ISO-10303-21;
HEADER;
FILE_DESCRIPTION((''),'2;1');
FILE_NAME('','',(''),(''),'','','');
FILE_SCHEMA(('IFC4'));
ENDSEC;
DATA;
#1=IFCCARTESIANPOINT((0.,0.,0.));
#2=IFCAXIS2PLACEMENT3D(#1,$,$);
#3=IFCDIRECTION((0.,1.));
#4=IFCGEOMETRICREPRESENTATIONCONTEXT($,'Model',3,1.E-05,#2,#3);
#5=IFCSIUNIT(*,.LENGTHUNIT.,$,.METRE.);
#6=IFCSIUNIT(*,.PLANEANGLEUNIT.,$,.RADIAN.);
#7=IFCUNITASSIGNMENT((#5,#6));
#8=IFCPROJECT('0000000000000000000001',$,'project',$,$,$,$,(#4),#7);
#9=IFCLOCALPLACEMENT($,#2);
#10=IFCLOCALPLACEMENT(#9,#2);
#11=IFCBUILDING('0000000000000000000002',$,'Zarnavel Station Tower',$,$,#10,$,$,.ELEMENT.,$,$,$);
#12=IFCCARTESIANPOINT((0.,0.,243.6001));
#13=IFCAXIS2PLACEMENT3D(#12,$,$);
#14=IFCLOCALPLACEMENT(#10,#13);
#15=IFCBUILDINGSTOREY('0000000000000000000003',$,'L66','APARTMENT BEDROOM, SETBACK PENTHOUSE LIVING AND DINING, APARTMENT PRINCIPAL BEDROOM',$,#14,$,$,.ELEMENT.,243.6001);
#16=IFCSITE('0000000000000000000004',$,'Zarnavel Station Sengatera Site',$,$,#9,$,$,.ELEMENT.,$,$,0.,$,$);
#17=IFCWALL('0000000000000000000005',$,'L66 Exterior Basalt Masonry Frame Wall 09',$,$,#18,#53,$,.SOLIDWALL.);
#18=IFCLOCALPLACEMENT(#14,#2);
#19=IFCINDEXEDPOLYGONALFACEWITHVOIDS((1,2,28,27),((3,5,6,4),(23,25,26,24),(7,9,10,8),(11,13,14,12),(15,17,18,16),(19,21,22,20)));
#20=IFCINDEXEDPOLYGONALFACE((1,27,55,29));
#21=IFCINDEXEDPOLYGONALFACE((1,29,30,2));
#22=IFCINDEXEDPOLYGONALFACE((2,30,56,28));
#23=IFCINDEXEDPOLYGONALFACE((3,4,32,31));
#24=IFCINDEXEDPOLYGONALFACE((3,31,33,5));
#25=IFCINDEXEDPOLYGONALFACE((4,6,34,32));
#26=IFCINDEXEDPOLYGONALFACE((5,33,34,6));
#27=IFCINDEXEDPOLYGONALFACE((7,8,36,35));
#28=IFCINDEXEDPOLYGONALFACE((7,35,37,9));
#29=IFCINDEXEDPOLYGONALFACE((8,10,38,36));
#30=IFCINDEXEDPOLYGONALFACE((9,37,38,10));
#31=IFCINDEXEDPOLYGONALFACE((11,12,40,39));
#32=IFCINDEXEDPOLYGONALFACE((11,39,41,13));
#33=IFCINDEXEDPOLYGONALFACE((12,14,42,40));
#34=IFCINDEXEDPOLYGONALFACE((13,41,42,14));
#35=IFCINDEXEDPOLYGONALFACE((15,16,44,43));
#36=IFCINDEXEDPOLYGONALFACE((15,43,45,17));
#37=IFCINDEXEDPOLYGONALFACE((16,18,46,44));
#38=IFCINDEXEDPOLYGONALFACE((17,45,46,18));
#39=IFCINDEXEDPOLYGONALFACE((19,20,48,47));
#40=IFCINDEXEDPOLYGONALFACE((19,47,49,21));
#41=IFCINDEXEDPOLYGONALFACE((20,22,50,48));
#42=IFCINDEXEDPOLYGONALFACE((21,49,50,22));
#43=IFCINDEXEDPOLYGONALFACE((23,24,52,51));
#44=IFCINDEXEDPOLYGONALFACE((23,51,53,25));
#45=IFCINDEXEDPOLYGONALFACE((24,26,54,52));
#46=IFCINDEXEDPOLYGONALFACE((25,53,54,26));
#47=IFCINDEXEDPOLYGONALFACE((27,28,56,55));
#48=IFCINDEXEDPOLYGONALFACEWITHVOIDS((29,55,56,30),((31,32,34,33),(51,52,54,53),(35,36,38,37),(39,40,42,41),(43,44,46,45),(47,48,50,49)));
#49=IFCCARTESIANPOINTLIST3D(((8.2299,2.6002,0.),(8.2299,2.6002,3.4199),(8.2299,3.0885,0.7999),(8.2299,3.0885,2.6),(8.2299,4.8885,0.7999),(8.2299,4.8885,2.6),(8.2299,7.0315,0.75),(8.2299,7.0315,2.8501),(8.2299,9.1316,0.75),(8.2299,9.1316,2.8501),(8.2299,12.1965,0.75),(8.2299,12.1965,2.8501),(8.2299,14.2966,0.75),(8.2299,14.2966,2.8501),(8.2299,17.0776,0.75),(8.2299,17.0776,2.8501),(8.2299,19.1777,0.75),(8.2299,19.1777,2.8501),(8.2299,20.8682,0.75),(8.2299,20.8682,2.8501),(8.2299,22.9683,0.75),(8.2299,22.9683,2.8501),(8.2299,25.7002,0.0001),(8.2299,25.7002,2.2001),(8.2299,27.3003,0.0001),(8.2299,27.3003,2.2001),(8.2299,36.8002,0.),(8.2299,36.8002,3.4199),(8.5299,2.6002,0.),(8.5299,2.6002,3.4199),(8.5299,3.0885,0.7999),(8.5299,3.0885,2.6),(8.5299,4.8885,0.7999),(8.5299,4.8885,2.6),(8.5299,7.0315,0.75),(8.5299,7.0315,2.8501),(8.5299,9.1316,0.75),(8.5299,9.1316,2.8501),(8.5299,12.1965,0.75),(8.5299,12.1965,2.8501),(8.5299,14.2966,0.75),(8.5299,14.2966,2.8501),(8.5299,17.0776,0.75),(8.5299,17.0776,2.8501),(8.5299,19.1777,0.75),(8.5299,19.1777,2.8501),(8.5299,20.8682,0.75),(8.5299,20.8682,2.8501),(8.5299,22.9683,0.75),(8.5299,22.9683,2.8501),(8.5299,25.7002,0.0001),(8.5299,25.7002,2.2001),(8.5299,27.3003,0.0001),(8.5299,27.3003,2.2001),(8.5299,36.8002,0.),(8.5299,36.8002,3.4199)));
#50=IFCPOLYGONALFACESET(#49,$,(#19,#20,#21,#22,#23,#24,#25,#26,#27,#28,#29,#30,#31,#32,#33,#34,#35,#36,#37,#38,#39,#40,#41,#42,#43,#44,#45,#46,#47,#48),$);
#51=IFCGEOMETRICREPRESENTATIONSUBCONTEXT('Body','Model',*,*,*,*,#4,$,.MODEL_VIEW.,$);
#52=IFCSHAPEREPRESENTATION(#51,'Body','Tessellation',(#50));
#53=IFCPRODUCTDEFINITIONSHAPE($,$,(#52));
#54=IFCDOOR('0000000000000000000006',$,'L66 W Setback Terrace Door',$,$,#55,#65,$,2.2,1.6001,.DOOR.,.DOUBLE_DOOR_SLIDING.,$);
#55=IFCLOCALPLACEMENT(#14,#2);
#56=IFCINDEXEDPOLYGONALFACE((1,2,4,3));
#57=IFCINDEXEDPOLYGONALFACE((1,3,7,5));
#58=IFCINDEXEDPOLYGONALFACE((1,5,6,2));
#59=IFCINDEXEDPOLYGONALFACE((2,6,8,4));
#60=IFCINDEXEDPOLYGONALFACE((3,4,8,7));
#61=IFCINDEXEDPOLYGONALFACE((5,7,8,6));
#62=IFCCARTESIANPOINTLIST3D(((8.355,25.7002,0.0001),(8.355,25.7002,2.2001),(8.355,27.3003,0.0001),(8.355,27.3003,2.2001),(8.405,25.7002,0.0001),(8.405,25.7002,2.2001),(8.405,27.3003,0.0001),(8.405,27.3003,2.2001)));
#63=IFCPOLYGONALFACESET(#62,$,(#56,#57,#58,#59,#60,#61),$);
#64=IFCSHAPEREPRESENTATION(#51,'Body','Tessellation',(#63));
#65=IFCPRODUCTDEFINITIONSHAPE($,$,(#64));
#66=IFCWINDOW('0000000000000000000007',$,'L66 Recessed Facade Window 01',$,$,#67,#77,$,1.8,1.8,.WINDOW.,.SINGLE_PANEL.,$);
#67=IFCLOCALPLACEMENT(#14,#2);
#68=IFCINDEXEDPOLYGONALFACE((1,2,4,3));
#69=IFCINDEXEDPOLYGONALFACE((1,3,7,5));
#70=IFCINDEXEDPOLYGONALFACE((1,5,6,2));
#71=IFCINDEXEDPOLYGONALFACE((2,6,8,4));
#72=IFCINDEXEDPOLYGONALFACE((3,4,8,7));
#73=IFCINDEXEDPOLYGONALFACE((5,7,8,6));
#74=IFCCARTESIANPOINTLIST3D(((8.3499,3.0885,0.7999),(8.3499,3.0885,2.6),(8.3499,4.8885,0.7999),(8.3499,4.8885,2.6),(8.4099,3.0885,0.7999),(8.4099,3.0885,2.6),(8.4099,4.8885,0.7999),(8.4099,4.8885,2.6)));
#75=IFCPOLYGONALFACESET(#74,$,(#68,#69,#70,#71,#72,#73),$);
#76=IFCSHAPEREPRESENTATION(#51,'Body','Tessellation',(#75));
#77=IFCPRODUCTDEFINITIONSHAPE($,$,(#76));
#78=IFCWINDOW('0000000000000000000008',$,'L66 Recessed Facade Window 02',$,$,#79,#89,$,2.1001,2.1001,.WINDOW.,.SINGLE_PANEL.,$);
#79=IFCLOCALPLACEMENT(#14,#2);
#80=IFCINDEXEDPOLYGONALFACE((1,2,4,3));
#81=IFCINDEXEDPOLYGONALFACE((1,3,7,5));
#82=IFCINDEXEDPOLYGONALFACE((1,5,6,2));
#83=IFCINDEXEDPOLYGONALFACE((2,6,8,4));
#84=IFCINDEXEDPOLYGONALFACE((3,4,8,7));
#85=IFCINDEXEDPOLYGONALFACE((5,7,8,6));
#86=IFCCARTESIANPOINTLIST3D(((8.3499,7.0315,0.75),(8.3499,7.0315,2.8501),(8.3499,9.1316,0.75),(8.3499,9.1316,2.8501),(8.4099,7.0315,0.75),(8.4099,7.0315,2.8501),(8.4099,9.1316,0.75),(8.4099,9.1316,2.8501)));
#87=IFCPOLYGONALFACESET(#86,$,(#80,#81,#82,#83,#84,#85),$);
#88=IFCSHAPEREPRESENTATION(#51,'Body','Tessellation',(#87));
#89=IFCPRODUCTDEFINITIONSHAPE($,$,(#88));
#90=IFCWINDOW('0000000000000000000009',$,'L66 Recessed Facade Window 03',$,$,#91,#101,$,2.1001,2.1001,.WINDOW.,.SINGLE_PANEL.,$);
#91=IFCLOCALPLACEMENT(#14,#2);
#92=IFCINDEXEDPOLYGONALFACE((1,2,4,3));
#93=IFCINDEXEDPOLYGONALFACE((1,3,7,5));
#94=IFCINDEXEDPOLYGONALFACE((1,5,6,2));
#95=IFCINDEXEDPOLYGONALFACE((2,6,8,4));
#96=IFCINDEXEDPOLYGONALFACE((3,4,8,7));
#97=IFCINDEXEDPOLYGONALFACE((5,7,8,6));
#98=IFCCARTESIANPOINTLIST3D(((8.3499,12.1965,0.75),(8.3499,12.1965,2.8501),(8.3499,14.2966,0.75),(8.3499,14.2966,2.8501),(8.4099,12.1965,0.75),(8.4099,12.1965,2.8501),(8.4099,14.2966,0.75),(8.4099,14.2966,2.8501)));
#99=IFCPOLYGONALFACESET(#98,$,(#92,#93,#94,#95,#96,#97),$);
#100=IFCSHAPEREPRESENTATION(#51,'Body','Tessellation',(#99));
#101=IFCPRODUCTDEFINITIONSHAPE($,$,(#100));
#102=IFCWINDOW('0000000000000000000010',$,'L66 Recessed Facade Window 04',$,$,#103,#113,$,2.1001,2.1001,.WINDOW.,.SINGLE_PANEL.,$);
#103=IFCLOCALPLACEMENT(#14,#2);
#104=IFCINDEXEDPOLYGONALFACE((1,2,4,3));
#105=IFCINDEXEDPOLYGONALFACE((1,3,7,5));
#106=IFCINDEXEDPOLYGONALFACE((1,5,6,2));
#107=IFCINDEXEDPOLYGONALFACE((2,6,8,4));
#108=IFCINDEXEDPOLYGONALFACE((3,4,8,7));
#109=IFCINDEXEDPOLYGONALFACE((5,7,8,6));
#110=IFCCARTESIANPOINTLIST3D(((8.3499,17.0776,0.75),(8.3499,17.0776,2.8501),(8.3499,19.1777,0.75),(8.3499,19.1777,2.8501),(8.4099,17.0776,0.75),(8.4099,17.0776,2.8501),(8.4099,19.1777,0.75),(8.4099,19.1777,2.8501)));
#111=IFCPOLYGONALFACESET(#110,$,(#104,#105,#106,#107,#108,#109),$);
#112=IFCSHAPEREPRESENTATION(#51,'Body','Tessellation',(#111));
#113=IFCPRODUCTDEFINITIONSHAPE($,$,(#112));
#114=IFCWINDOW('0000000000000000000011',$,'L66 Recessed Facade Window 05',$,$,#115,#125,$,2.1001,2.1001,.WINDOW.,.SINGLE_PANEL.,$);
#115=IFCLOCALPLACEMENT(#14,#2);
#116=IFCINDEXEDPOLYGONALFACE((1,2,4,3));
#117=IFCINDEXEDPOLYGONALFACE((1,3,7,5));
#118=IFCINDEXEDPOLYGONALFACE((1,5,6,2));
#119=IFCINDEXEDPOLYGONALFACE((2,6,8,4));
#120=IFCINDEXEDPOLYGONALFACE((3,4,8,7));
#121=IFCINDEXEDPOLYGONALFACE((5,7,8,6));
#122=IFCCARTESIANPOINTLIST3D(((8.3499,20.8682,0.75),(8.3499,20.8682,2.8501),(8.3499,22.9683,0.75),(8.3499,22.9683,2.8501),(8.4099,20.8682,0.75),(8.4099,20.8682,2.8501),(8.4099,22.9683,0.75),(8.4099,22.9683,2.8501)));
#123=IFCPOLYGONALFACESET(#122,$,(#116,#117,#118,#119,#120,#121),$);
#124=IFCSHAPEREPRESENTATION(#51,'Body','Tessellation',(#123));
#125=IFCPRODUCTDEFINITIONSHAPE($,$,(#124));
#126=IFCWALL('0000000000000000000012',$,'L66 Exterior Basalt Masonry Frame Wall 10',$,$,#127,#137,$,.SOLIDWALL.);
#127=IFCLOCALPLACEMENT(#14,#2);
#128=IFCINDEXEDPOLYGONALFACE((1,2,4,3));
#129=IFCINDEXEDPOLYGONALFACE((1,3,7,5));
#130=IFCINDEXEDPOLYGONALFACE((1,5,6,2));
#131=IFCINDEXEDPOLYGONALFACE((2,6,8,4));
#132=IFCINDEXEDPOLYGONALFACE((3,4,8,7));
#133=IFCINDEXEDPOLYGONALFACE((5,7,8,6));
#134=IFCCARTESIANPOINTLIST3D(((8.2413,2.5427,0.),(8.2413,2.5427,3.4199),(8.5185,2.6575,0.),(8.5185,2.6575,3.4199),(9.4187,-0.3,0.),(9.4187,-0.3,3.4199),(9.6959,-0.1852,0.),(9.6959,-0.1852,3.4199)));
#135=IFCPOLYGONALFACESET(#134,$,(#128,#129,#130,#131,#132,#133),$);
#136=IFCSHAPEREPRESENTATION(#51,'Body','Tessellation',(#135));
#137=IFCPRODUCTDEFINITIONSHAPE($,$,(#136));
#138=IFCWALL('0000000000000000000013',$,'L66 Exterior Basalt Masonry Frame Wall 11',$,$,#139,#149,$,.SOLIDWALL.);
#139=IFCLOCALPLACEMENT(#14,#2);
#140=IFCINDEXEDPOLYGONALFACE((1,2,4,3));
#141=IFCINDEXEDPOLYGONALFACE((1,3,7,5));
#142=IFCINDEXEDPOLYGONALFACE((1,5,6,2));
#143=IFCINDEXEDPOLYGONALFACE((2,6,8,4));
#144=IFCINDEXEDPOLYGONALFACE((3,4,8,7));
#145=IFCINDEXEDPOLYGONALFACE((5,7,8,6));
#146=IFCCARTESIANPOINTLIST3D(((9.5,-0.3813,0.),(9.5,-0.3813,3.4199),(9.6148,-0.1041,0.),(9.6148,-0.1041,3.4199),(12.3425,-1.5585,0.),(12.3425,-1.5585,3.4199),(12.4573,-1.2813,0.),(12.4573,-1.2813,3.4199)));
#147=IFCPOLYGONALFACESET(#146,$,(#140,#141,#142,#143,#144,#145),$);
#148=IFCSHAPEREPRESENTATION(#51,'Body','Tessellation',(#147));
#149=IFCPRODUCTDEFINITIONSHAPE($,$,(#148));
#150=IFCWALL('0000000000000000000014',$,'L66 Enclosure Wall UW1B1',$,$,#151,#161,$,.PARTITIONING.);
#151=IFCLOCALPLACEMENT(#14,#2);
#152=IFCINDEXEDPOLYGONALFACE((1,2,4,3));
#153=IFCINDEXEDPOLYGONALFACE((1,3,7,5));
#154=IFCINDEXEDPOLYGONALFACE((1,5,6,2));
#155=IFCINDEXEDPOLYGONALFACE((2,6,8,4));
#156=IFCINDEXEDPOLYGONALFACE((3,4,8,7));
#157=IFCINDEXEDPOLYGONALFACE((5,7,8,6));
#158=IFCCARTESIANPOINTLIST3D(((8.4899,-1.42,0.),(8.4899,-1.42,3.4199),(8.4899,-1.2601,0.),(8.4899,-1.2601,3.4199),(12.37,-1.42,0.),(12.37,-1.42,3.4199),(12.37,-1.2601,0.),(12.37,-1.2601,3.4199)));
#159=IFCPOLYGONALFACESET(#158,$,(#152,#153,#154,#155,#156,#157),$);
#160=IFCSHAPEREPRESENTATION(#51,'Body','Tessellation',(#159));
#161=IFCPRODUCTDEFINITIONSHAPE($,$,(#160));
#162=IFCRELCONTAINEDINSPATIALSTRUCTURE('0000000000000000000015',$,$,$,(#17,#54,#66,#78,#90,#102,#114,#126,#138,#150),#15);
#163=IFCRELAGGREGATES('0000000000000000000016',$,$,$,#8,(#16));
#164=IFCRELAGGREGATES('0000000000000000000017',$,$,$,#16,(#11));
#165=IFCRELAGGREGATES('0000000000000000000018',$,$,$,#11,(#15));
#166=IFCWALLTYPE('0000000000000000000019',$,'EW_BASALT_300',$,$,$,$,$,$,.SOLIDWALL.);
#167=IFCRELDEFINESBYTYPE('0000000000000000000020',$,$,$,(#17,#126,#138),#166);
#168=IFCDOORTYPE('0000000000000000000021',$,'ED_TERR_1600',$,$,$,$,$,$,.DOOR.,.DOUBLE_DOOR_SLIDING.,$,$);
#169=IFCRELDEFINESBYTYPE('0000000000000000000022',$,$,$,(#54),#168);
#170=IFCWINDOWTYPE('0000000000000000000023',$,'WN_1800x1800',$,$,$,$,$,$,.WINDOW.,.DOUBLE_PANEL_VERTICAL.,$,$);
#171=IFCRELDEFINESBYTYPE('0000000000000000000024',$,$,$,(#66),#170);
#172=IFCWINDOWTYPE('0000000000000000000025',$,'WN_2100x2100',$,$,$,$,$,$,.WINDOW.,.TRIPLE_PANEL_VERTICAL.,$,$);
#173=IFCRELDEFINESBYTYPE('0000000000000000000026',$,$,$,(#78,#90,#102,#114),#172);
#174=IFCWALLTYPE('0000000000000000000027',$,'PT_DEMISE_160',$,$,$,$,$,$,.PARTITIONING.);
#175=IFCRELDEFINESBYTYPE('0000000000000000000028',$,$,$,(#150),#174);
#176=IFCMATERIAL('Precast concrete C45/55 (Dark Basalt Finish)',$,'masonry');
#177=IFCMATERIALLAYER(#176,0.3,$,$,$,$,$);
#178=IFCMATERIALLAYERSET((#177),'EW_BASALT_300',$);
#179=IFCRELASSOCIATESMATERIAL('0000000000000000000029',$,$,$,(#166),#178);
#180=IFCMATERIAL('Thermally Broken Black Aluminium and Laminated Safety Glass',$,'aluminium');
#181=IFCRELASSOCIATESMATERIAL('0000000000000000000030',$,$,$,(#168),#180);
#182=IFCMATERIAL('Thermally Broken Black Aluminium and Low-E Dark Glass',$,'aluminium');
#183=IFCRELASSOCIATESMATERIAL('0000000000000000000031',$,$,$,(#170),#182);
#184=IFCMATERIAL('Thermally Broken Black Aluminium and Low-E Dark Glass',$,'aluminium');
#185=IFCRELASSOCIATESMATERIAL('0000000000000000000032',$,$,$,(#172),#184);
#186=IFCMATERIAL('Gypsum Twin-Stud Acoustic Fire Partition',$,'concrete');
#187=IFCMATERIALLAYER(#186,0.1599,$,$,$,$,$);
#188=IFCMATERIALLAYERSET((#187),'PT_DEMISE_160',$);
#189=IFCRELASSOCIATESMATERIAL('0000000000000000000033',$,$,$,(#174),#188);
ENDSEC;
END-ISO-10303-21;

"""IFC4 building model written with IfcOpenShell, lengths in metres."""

from ifc_helpers import new_model, si_unit, direction, frame, frame_2d, origin, place, context, subcontext, project, spatial, rectangle, extrude, material, layer, layer_set, type_object, element, fill, save


model = new_model("IFC4")

# Units and contexts
model_context = context("Model", 3, precision=1e-05, world=origin(), true_north=direction((0.0, 1.0)))
body_context = subcontext(model_context, "Body", "Model", "MODEL_VIEW")
ifc_project = project(units=[si_unit("LENGTHUNIT", "METRE"), si_unit("PLANEANGLEUNIT", "RADIAN")], contexts=[model_context])

# Site, building, storey
site_placement = place(None, origin())
site = spatial("IfcSite", under=ifc_project, at=site_placement, Name="Zarnavel Station Sengatera Site", CompositionType="ELEMENT", RefElevation=0.0)
building_placement = place(site_placement, origin())
building = spatial("IfcBuilding", under=site, at=building_placement, Name="Zarnavel Station Tower", CompositionType="ELEMENT")
storey_placement = place(building_placement, frame((0.0, 0.0, 243.6001)))
storey = spatial("IfcBuildingStorey", under=building, at=storey_placement, Name="L66", Description="APARTMENT BEDROOM, SETBACK PENTHOUSE LIVING AND DINING, APARTMENT PRINCIPAL BEDROOM", CompositionType="ELEMENT", Elevation=243.6001)

# Wall, openings, door, windows
ifc_material_1 = material(Name="Precast concrete C45/55 (Dark Basalt Finish)", Category="masonry")
ifc_layer_1 = layer(ifc_material_1, 0.3)
ifc_layer_set_1 = layer_set([ifc_layer_1], Name="EW_BASALT_300")
wall_type_1 = type_object("IfcWallType", Name="EW_BASALT_300", PredefinedType="SOLIDWALL", material=ifc_layer_set_1)
wall_1_placement = place(storey_placement, frame((8.3799, 2.6001, 0.0), z_axis=(0.0, 0.0, 1.0), x_axis=(0.0, 1.0, 0.0)))
wall_1 = element("IfcWall", 1, at=wall_1_placement, inside=storey, type_object=wall_type_1, Name="L66 Exterior Basalt Masonry Frame Wall 09", PredefinedType="SOLIDWALL", context=body_context, shape_type="SweptSolid", body=[
    extrude(rectangle(XDim=34.2, YDim=0.3, at=frame_2d((17.1001, 0.0))), origin(), (0.0, 0.0, 1.0), 3.4199),
])
opening_1_placement = place(wall_1_placement, frame((23.1001, 0.0, 0.0)))
opening_1 = element("IfcOpeningElement", 2, at=opening_1_placement, cuts=wall_1, PredefinedType="OPENING", context=body_context, shape_type="SweptSolid", body=[
    extrude(rectangle(XDim=1.6001, YDim=2.2, at=frame_2d((0.8, 1.1001))), frame((0.0, 0.1599, 0.0), z_axis=(0.0, -1.0, 0.0), x_axis=(1.0, 0.0, 0.0)), (0.0, 0.0, 1.0), 0.3201),
])
opening_2_placement = place(wall_1_placement, frame((0.4885, 0.0, 0.8)))
opening_2 = element("IfcOpeningElement", 3, at=opening_2_placement, cuts=wall_1, PredefinedType="OPENING", context=body_context, shape_type="SweptSolid", body=[
    extrude(rectangle(XDim=1.8, YDim=1.8, at=frame_2d((0.8999, 0.8999))), frame((0.0, 0.1599, 0.0), z_axis=(0.0, -1.0, 0.0), x_axis=(1.0, 0.0, 0.0)), (0.0, 0.0, 1.0), 0.3201),
])
opening_3_placement = place(wall_1_placement, frame((4.4314, 0.0, 0.75)))
opening_3 = element("IfcOpeningElement", 4, at=opening_3_placement, cuts=wall_1, PredefinedType="OPENING", context=body_context, shape_type="SweptSolid", body=[
    extrude(rectangle(XDim=2.1001, YDim=2.1001, at=frame_2d((1.05, 1.05))), frame((0.0, 0.1599, 0.0), z_axis=(0.0, -1.0, 0.0), x_axis=(1.0, 0.0, 0.0)), (0.0, 0.0, 1.0), 0.3201),
])
opening_4_placement = place(wall_1_placement, frame((9.5964, 0.0, 0.75)))
opening_4 = element("IfcOpeningElement", 5, at=opening_4_placement, cuts=wall_1, PredefinedType="OPENING", context=body_context, shape_type="SweptSolid", body=[
    extrude(rectangle(XDim=2.1001, YDim=2.1001, at=frame_2d((1.05, 1.05))), frame((0.0, 0.1599, 0.0), z_axis=(0.0, -1.0, 0.0), x_axis=(1.0, 0.0, 0.0)), (0.0, 0.0, 1.0), 0.3201),
])
opening_5_placement = place(wall_1_placement, frame((14.4775, 0.0, 0.75)))
opening_5 = element("IfcOpeningElement", 6, at=opening_5_placement, cuts=wall_1, PredefinedType="OPENING", context=body_context, shape_type="SweptSolid", body=[
    extrude(rectangle(XDim=2.1001, YDim=2.1001, at=frame_2d((1.05, 1.05))), frame((0.0, 0.1599, 0.0), z_axis=(0.0, -1.0, 0.0), x_axis=(1.0, 0.0, 0.0)), (0.0, 0.0, 1.0), 0.3201),
])
opening_6_placement = place(wall_1_placement, frame((18.2681, 0.0, 0.75)))
opening_6 = element("IfcOpeningElement", 7, at=opening_6_placement, cuts=wall_1, PredefinedType="OPENING", context=body_context, shape_type="SweptSolid", body=[
    extrude(rectangle(XDim=2.1001, YDim=2.1001, at=frame_2d((1.05, 1.05))), frame((0.0, 0.1599, 0.0), z_axis=(0.0, -1.0, 0.0), x_axis=(1.0, 0.0, 0.0)), (0.0, 0.0, 1.0), 0.3201),
])
ifc_material_2 = material(Name="Thermally Broken Black Aluminium and Laminated Safety Glass", Category="aluminium")
door_type_1 = type_object("IfcDoorType", Name="ED_TERR_1600", OperationType="DOUBLE_DOOR_SLIDING", PredefinedType="DOOR", material=ifc_material_2)
door_1_placement = place(opening_1_placement, origin())
door_1 = element("IfcDoor", 8, at=door_1_placement, inside=storey, type_object=door_type_1, Name="L66 W Setback Terrace Door", OperationType="DOUBLE_DOOR_SLIDING", OverallHeight=2.2, OverallWidth=1.6001, PredefinedType="DOOR", context=body_context, shape_type="SweptSolid", body=[
    extrude(rectangle(XDim=1.6001, YDim=2.2, at=frame_2d((0.8, 1.1001))), frame((0.0, 0.0249, 0.0), z_axis=(0.0, -1.0, 0.0), x_axis=(1.0, 0.0, 0.0)), (0.0, 0.0, 1.0), 0.05),
])
fill(opening_1, door_1)
ifc_material_3 = material(Name="Thermally Broken Black Aluminium and Low-E Dark Glass", Category="aluminium")
window_type_1 = type_object("IfcWindowType", Name="WN_1800x1800", PartitioningType="DOUBLE_PANEL_VERTICAL", PredefinedType="WINDOW", material=ifc_material_3)
window_1_placement = place(opening_2_placement, origin())
window_1 = element("IfcWindow", 9, at=window_1_placement, inside=storey, type_object=window_type_1, Name="L66 Recessed Facade Window 01", OverallHeight=1.8, OverallWidth=1.8, PartitioningType="SINGLE_PANEL", PredefinedType="WINDOW", context=body_context, shape_type="SweptSolid", body=[
    extrude(rectangle(XDim=1.8, YDim=1.8, at=frame_2d((0.8999, 0.8999))), frame((0.0, 0.03, 0.0), z_axis=(0.0, -1.0, 0.0), x_axis=(1.0, 0.0, 0.0)), (0.0, 0.0, 1.0), 0.0601),
])
fill(opening_2, window_1)
ifc_material_4 = material(Name="Thermally Broken Black Aluminium and Low-E Dark Glass", Category="aluminium")
window_type_2 = type_object("IfcWindowType", Name="WN_2100x2100", PartitioningType="TRIPLE_PANEL_VERTICAL", PredefinedType="WINDOW", material=ifc_material_4)
window_2_placement = place(opening_3_placement, origin())
window_2 = element("IfcWindow", 10, at=window_2_placement, inside=storey, type_object=window_type_2, Name="L66 Recessed Facade Window 02", OverallHeight=2.1001, OverallWidth=2.1001, PartitioningType="SINGLE_PANEL", PredefinedType="WINDOW", context=body_context, shape_type="SweptSolid", body=[
    extrude(rectangle(XDim=2.1001, YDim=2.1001, at=frame_2d((1.05, 1.05))), frame((0.0, 0.03, 0.0), z_axis=(0.0, -1.0, 0.0), x_axis=(1.0, 0.0, 0.0)), (0.0, 0.0, 1.0), 0.0601),
])
fill(opening_3, window_2)
window_3_placement = place(opening_4_placement, origin())
window_3 = element("IfcWindow", 11, at=window_3_placement, inside=storey, type_object=window_type_2, Name="L66 Recessed Facade Window 03", OverallHeight=2.1001, OverallWidth=2.1001, PartitioningType="SINGLE_PANEL", PredefinedType="WINDOW", context=body_context, shape_type="SweptSolid", body=[
    extrude(rectangle(XDim=2.1001, YDim=2.1001, at=frame_2d((1.05, 1.05))), frame((0.0, 0.03, 0.0), z_axis=(0.0, -1.0, 0.0), x_axis=(1.0, 0.0, 0.0)), (0.0, 0.0, 1.0), 0.0601),
])
fill(opening_4, window_3)
window_4_placement = place(opening_5_placement, origin())
window_4 = element("IfcWindow", 12, at=window_4_placement, inside=storey, type_object=window_type_2, Name="L66 Recessed Facade Window 04", OverallHeight=2.1001, OverallWidth=2.1001, PartitioningType="SINGLE_PANEL", PredefinedType="WINDOW", context=body_context, shape_type="SweptSolid", body=[
    extrude(rectangle(XDim=2.1001, YDim=2.1001, at=frame_2d((1.05, 1.05))), frame((0.0, 0.03, 0.0), z_axis=(0.0, -1.0, 0.0), x_axis=(1.0, 0.0, 0.0)), (0.0, 0.0, 1.0), 0.0601),
])
fill(opening_5, window_4)
window_5_placement = place(opening_6_placement, origin())
window_5 = element("IfcWindow", 13, at=window_5_placement, inside=storey, type_object=window_type_2, Name="L66 Recessed Facade Window 05", OverallHeight=2.1001, OverallWidth=2.1001, PartitioningType="SINGLE_PANEL", PredefinedType="WINDOW", context=body_context, shape_type="SweptSolid", body=[
    extrude(rectangle(XDim=2.1001, YDim=2.1001, at=frame_2d((1.05, 1.05))), frame((0.0, 0.03, 0.0), z_axis=(0.0, -1.0, 0.0), x_axis=(1.0, 0.0, 0.0)), (0.0, 0.0, 1.0), 0.0601),
])
fill(opening_6, window_5)

# Walls
wall_2_placement = place(storey_placement, frame((9.5574, -0.2427, 0.0), z_axis=(0.0, 0.0, 1.0), x_axis=(-0.382676, 0.923882, 0.0)))
element("IfcWall", 14, at=wall_2_placement, inside=storey, type_object=wall_type_1, Name="L66 Exterior Basalt Masonry Frame Wall 10", PredefinedType="SOLIDWALL", context=body_context, shape_type="SweptSolid", body=[
    extrude(rectangle(XDim=3.0769, YDim=0.3, at=frame_2d((1.5386, 0.0))), origin(), (0.0, 0.0, 1.0), 3.4199),
])
wall_3_placement = place(storey_placement, frame((12.3999, -1.4199, 0.0), z_axis=(0.0, 0.0, 1.0), x_axis=(-0.923899, 0.382637, 0.0)))
element("IfcWall", 15, at=wall_3_placement, inside=storey, type_object=wall_type_1, Name="L66 Exterior Basalt Masonry Frame Wall 11", PredefinedType="SOLIDWALL", context=body_context, shape_type="SweptSolid", body=[
    extrude(rectangle(XDim=3.0767, YDim=0.3, at=frame_2d((1.5383, 0.0))), origin(), (0.0, 0.0, 1.0), 3.4199),
])
ifc_material_5 = material(Name="Gypsum Twin-Stud Acoustic Fire Partition", Category="concrete")
ifc_layer_2 = layer(ifc_material_5, 0.1599)
ifc_layer_set_2 = layer_set([ifc_layer_2], Name="PT_DEMISE_160")
wall_type_2 = type_object("IfcWallType", Name="PT_DEMISE_160", PredefinedType="PARTITIONING", material=ifc_layer_set_2)
for number, where, z_axis, x_axis, name in (
    (16, (8.49, -1.3401, 0.0), (0.0, 0.0, 1.0), (1.0, 0.0, 0.0), "L66 Enclosure Wall UW1B1"),
):
    element("IfcWall", number, at=place(storey_placement, frame(where, z_axis=z_axis, x_axis=x_axis)), inside=storey, type_object=wall_type_2, Name=name, PredefinedType="PARTITIONING", context=body_context, shape_type="SweptSolid", body=[
        extrude(rectangle(XDim=3.8801, YDim=0.1599, at=frame_2d((1.9399, 0.0))), origin(), (0.0, 0.0, 1.0), 3.4199),
    ])

save(model, "model.ifc")
